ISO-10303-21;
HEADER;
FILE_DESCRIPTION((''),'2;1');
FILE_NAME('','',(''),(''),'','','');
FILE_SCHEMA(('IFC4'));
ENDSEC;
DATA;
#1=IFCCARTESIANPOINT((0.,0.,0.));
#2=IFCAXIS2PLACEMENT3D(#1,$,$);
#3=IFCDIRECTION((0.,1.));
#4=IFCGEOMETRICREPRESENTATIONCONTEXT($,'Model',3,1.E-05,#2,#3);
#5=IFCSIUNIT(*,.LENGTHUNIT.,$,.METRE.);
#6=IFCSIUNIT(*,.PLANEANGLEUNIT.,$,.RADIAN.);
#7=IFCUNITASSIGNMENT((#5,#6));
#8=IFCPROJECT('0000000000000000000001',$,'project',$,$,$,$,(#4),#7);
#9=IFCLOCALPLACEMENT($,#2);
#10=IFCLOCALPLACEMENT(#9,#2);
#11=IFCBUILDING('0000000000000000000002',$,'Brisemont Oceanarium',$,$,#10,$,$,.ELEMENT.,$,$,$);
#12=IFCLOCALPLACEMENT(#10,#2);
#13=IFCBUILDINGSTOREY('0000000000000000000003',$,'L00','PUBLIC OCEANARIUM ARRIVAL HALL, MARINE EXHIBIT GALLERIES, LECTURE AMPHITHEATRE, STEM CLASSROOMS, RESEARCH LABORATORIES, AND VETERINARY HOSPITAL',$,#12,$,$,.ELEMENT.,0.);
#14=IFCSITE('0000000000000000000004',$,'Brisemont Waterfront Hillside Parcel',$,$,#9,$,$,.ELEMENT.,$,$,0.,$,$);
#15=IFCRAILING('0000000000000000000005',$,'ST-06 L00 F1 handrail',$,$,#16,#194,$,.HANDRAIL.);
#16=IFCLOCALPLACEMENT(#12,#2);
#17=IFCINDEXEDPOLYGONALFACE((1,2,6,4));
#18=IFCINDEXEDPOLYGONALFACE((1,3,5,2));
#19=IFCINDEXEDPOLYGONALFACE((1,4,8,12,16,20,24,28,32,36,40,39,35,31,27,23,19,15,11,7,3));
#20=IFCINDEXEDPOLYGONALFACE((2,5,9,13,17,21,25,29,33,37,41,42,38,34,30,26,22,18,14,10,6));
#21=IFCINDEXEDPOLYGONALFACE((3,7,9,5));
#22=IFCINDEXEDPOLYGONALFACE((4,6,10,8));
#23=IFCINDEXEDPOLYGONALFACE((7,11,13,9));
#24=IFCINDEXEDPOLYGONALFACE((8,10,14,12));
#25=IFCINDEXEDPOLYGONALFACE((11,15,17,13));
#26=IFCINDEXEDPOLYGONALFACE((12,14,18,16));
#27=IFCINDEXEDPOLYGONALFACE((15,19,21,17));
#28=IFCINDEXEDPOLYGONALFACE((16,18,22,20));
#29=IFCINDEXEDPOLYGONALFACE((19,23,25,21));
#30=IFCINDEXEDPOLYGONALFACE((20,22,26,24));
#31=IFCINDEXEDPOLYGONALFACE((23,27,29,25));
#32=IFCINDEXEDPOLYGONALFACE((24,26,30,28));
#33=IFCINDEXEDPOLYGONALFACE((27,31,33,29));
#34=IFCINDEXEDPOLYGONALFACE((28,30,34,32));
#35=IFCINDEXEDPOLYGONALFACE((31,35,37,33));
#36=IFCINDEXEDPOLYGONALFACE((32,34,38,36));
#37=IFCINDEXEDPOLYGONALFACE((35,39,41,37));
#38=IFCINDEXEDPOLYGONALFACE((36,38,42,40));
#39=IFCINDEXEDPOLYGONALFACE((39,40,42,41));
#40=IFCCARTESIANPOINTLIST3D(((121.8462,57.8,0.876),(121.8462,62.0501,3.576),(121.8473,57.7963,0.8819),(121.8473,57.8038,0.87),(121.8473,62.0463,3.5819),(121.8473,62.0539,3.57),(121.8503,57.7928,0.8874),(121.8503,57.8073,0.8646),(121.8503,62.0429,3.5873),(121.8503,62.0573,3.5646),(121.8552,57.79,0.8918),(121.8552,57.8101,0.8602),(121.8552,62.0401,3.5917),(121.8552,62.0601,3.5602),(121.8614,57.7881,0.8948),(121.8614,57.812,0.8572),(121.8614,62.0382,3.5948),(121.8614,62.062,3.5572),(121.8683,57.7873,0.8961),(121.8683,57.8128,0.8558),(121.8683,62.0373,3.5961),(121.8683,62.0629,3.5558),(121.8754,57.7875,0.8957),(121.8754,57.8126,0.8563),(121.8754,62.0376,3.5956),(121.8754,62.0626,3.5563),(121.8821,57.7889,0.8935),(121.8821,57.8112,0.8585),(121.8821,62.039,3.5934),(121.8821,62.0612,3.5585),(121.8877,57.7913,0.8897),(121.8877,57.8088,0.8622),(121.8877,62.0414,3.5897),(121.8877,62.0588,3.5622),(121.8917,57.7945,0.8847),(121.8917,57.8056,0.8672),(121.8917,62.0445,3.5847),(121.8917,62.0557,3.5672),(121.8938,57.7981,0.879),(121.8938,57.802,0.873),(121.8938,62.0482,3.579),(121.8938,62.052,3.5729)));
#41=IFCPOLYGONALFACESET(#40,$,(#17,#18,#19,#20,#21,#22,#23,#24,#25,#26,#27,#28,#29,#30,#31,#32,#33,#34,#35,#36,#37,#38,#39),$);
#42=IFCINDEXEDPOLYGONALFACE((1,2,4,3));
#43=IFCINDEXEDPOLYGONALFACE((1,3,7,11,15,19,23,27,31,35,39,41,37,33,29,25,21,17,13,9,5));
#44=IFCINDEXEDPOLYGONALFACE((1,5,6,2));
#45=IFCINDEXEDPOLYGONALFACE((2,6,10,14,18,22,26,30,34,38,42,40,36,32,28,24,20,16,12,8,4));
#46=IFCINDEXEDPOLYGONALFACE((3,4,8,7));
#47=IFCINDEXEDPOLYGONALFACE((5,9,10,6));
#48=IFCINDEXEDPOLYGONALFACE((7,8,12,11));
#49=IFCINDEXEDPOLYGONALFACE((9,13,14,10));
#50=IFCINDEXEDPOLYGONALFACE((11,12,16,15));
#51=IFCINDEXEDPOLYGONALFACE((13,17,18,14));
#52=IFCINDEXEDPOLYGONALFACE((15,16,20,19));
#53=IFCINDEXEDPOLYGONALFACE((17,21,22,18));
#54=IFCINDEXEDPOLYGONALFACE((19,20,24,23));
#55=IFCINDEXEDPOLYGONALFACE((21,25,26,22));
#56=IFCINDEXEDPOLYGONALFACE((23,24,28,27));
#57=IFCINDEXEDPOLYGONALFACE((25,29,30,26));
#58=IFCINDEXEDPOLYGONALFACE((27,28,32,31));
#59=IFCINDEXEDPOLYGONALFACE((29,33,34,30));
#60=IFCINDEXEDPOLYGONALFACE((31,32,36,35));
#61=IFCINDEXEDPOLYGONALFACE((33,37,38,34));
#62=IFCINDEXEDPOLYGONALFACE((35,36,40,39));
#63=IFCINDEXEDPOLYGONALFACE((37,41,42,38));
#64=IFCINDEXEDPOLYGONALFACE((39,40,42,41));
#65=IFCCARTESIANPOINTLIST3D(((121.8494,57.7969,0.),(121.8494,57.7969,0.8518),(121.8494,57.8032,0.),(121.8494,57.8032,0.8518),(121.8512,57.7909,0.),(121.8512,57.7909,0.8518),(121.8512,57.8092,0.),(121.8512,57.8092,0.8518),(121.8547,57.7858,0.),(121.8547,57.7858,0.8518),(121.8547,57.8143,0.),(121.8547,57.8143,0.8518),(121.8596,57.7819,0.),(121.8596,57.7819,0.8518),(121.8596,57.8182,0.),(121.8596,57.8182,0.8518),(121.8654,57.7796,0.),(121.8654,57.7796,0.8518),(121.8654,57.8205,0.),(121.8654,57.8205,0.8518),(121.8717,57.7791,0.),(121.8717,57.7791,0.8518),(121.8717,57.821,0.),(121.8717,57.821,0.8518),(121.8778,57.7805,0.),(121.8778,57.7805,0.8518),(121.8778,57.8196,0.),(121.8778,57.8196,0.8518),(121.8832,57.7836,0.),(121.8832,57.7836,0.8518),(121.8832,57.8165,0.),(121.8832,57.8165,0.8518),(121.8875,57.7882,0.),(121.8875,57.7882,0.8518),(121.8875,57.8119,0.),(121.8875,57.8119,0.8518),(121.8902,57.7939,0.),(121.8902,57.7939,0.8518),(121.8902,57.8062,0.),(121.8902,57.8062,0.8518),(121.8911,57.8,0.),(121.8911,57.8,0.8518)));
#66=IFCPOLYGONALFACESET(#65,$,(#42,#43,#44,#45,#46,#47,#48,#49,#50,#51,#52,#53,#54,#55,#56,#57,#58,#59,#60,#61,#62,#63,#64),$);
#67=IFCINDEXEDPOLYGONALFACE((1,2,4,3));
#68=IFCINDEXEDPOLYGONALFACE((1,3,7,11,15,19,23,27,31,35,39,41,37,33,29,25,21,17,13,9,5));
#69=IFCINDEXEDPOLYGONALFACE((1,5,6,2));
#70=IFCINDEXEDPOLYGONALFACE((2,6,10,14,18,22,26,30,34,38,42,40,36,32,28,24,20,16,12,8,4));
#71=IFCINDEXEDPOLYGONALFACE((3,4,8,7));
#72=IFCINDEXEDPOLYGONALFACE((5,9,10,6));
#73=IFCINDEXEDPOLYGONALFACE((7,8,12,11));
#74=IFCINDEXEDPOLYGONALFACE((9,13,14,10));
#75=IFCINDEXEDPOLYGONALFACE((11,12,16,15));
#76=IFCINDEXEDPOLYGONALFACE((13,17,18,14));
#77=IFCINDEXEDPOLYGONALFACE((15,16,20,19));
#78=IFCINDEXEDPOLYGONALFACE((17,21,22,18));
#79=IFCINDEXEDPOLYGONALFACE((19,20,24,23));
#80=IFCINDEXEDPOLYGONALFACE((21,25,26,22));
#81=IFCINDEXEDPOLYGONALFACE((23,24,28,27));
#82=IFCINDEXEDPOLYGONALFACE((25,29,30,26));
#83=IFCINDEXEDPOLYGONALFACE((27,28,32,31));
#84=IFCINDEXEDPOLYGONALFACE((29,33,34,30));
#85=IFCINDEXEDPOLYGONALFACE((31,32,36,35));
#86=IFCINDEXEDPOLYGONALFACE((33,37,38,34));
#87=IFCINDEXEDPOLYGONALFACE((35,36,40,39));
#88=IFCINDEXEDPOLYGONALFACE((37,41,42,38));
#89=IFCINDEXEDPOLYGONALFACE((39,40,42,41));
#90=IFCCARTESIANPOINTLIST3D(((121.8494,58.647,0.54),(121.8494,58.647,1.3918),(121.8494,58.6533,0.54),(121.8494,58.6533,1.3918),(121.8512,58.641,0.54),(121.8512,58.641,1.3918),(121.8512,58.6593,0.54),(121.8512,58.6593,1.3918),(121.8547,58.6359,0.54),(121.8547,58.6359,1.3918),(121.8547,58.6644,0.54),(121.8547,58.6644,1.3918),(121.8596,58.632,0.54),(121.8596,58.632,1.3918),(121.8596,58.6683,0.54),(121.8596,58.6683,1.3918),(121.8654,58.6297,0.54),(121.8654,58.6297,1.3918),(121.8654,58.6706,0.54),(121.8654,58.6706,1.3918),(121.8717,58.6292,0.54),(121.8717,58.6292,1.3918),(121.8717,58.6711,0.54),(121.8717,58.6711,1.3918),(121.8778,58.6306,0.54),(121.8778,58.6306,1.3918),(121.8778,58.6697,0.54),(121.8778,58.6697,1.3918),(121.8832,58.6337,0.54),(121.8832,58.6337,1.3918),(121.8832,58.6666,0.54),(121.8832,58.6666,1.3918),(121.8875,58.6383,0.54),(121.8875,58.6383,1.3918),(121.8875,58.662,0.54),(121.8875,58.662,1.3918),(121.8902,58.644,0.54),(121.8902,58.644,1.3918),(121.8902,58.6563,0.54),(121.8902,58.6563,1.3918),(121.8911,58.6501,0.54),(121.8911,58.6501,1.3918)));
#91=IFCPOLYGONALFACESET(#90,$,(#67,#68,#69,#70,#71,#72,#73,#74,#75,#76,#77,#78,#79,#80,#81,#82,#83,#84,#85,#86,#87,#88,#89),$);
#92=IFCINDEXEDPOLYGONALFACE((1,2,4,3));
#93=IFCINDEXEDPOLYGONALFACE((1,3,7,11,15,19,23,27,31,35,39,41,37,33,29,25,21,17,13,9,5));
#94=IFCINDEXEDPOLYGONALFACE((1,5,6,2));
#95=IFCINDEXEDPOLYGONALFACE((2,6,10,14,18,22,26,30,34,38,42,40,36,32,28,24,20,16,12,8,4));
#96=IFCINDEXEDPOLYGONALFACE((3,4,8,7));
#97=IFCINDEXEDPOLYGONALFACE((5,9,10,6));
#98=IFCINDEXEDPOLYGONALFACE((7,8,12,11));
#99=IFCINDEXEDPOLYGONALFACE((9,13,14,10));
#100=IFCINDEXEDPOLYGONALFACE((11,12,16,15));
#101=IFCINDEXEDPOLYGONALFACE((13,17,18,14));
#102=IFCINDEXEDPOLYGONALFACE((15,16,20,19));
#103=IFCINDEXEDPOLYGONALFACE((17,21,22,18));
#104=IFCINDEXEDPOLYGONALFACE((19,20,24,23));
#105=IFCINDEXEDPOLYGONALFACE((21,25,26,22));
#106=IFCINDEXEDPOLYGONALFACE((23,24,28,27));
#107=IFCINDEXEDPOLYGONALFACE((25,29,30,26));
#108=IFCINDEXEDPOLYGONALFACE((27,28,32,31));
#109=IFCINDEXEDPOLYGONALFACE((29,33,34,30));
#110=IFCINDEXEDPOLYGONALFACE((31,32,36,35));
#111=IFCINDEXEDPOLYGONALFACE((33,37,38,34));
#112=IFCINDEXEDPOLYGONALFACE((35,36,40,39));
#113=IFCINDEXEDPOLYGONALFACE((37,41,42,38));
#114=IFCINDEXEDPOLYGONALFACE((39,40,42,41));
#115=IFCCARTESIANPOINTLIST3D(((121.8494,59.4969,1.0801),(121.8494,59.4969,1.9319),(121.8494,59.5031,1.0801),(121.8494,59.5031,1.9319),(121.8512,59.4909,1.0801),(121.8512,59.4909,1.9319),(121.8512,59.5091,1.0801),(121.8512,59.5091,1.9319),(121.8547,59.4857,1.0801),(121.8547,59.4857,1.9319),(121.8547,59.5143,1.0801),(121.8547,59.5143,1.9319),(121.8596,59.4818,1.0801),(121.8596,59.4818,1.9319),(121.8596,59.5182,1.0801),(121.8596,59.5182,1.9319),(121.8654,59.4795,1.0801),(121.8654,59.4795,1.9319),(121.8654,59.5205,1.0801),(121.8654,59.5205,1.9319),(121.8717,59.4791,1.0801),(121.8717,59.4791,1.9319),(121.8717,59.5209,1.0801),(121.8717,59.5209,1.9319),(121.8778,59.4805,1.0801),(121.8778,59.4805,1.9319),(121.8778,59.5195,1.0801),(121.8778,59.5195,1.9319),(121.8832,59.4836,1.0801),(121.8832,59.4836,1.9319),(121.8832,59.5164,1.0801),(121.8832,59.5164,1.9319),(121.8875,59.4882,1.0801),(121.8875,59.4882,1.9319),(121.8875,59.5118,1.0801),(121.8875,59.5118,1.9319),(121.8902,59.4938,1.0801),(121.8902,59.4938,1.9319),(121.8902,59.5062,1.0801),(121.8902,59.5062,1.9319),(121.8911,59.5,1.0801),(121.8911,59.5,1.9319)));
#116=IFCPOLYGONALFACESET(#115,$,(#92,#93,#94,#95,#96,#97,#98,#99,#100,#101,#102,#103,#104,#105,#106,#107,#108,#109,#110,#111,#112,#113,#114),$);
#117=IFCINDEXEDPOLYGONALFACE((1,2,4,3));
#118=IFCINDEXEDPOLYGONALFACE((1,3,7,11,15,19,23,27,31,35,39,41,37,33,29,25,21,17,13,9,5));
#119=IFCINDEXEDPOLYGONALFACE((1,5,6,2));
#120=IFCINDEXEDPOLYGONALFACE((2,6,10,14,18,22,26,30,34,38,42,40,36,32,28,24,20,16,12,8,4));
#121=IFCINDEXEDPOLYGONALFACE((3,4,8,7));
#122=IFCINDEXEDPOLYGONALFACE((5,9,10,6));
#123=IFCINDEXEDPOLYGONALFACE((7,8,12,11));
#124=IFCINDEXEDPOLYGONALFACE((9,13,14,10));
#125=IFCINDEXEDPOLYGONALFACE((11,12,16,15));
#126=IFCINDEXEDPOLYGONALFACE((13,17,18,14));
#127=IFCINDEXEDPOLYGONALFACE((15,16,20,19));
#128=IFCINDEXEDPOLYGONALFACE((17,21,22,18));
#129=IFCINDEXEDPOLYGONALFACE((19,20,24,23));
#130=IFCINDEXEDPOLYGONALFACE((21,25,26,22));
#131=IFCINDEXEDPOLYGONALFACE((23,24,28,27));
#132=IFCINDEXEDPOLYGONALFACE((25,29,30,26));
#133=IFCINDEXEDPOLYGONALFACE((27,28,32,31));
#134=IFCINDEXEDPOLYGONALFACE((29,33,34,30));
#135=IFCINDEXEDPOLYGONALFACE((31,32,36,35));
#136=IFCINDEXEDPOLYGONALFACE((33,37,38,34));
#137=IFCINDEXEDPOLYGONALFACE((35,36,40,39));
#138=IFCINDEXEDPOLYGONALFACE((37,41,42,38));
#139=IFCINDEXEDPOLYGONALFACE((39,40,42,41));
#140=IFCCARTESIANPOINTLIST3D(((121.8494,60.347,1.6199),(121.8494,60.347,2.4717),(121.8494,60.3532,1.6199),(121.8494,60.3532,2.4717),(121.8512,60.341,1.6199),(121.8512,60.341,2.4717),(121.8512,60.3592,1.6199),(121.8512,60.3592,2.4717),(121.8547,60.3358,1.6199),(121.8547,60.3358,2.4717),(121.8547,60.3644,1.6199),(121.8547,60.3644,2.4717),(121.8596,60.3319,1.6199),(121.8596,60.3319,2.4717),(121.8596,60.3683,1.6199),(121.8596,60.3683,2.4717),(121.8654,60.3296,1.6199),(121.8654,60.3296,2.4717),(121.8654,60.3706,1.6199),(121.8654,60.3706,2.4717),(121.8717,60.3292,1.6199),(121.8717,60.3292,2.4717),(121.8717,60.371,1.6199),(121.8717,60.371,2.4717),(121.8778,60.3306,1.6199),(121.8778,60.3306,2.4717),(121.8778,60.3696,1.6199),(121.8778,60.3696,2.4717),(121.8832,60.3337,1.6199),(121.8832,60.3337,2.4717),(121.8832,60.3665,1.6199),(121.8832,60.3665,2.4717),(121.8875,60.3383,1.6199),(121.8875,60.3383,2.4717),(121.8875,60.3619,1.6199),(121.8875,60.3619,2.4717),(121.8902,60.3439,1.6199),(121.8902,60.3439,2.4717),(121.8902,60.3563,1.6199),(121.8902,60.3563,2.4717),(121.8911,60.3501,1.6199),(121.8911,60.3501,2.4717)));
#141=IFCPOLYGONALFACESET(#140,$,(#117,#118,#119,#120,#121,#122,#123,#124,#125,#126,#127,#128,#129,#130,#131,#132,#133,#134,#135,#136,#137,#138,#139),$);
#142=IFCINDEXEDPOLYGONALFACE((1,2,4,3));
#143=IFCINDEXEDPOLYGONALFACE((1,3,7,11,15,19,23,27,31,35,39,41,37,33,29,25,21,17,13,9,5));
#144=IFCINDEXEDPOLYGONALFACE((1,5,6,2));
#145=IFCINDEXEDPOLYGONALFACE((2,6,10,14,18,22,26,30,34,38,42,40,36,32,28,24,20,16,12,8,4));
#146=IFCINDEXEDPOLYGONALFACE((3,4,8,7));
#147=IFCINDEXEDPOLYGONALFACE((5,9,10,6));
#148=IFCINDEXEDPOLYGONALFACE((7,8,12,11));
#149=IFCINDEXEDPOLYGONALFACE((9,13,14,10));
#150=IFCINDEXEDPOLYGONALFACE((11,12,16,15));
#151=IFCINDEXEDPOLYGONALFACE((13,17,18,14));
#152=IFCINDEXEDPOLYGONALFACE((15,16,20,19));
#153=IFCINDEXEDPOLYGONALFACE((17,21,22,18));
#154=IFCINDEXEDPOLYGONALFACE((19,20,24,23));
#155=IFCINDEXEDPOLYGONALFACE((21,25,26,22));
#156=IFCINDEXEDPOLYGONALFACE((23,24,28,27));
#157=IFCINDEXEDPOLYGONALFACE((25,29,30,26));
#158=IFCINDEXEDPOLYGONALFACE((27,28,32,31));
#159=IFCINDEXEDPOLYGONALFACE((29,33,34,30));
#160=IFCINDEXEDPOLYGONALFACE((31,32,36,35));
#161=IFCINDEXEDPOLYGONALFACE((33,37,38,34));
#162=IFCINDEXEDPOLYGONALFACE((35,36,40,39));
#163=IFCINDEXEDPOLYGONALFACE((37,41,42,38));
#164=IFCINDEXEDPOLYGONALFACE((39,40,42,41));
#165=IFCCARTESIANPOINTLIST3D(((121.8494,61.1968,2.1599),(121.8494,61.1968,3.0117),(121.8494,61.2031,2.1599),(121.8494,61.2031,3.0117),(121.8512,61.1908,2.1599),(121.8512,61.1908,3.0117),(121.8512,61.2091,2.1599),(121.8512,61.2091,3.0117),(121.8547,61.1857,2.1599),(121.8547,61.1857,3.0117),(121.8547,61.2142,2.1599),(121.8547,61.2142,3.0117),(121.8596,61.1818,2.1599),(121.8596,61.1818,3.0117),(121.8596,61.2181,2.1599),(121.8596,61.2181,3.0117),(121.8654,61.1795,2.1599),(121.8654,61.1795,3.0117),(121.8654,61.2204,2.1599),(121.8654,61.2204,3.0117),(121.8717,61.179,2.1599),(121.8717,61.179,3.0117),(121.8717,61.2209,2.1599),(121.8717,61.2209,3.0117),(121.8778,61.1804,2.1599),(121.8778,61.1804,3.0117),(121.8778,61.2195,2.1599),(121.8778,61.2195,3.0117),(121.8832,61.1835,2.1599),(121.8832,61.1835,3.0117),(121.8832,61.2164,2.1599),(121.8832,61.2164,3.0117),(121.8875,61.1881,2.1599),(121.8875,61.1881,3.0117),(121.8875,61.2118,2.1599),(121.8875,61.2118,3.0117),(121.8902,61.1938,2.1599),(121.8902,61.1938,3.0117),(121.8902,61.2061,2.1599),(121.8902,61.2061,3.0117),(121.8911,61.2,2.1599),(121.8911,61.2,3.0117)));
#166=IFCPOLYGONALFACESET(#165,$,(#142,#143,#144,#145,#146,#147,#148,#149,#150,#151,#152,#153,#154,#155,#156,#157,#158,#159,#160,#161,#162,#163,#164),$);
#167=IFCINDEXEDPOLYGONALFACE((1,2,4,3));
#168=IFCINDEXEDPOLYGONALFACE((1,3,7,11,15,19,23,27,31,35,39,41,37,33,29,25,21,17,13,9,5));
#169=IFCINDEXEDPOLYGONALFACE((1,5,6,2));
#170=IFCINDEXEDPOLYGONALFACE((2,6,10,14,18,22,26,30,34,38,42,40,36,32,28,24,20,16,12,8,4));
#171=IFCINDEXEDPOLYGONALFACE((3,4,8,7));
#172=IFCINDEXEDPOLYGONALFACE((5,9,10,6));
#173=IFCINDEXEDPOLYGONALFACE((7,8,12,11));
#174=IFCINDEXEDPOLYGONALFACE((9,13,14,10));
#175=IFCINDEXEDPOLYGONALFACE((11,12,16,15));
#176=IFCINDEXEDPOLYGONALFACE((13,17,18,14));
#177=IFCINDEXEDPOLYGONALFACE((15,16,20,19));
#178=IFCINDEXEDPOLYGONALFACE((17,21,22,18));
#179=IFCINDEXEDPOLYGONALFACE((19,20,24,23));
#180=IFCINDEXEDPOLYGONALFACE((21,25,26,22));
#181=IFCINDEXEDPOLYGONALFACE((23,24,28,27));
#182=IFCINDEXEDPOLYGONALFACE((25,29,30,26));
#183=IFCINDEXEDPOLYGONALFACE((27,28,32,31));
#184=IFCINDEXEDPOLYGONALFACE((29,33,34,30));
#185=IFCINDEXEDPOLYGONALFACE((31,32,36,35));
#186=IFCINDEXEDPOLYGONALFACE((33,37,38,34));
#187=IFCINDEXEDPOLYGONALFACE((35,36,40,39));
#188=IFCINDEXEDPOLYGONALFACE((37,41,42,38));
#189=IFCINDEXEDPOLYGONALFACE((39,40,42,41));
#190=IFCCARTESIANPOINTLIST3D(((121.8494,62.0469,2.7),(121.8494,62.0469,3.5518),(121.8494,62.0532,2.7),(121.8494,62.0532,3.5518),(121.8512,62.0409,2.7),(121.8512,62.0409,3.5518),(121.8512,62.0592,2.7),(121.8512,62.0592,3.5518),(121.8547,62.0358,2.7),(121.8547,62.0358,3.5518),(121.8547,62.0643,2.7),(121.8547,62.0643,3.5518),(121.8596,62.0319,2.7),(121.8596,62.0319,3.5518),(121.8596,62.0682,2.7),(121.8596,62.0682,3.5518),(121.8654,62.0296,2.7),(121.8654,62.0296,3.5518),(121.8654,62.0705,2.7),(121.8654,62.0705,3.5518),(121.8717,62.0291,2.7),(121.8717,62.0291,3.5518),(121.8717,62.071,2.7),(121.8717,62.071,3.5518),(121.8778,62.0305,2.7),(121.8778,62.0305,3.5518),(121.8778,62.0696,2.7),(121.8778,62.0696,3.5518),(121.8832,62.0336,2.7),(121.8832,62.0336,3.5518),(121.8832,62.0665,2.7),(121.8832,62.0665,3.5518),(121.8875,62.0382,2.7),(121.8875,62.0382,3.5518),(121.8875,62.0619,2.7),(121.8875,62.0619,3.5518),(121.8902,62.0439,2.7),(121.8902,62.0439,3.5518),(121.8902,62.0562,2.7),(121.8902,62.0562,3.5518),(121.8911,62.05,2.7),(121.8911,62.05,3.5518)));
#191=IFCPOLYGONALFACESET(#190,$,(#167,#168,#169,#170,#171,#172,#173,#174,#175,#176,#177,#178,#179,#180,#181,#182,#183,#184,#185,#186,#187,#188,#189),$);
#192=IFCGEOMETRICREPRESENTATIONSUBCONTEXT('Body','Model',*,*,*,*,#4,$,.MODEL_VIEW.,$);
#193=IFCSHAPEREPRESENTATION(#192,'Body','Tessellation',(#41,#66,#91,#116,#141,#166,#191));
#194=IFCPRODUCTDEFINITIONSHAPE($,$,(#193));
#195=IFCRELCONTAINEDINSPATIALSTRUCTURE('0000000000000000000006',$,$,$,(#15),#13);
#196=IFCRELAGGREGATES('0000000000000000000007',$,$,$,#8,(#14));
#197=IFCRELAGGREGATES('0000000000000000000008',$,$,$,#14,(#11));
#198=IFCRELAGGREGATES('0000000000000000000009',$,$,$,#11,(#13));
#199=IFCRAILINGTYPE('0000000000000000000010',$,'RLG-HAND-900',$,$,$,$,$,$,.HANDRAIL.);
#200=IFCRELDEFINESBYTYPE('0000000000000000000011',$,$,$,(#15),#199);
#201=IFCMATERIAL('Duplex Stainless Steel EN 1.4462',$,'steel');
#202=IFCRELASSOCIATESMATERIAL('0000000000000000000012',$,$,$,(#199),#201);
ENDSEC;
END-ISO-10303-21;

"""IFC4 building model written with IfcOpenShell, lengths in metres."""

from ifc_helpers import new_model, si_unit, direction, frame, origin, origin_2d, place, context, subcontext, project, spatial, circle, extrude, material, type_object, element, save


model = new_model("IFC4")

# Units and contexts
model_context = context("Model", 3, precision=1e-05, world=origin(), true_north=direction((0.0, 1.0)))
body_context = subcontext(model_context, "Body", "Model", "MODEL_VIEW")
ifc_project = project(units=[si_unit("LENGTHUNIT", "METRE"), si_unit("PLANEANGLEUNIT", "RADIAN")], contexts=[model_context])

# Site, building, storey
site_placement = place(None, origin())
site = spatial("IfcSite", under=ifc_project, at=site_placement, Name="Brisemont Waterfront Hillside Parcel", CompositionType="ELEMENT", RefElevation=0.0)
building_placement = place(site_placement, origin())
building = spatial("IfcBuilding", under=site, at=building_placement, Name="Brisemont Oceanarium", CompositionType="ELEMENT")
storey_placement = place(building_placement, origin())
storey = spatial("IfcBuildingStorey", under=building, at=storey_placement, Name="L00", Description="PUBLIC OCEANARIUM ARRIVAL HALL, MARINE EXHIBIT GALLERIES, LECTURE AMPHITHEATRE, STEM CLASSROOMS, RESEARCH LABORATORIES, AND VETERINARY HOSPITAL", CompositionType="ELEMENT", Elevation=0.0)

# Railing
ifc_material_1 = material(Name="Duplex Stainless Steel EN 1.4462", Category="steel")
railing_type_1 = type_object("IfcRailingType", Name="RLG-HAND-900", PredefinedType="HANDRAIL", material=ifc_material_1)
railing_1_placement = place(storey_placement, frame((121.8701, 57.8, 0.0)))
element("IfcRailing", 1, at=railing_1_placement, inside=storey, type_object=railing_type_1, Name="ST-06 L00 F1 handrail", PredefinedType="HANDRAIL", context=body_context, shape_type="SweptSolid", body=[
    extrude(circle(Radius=0.0239, at=origin_2d()), frame((0.0, 0.0, 0.876), z_axis=(0.0, 0.844075, 0.536226), x_axis=(-1.0, 0.0, 0.0)), (0.0, 0.0, 1.0), 5.0352),
    extrude(circle(Radius=0.021, at=origin_2d()), origin(), (0.0, 0.0, 1.0), 0.8518),
    extrude(circle(Radius=0.021, at=origin_2d()), frame((0.0, 0.8501, 0.54)), (0.0, 0.0, 1.0), 0.8518),
    extrude(circle(Radius=0.021, at=origin_2d()), frame((0.0, 1.7, 1.0801)), (0.0, 0.0, 1.0), 0.8518),
    extrude(circle(Radius=0.021, at=origin_2d()), frame((0.0, 2.55, 1.6199)), (0.0, 0.0, 1.0), 0.8518),
    extrude(circle(Radius=0.021, at=origin_2d()), frame((0.0, 3.3999, 2.1599)), (0.0, 0.0, 1.0), 0.8518),
    extrude(circle(Radius=0.021, at=origin_2d()), frame((0.0, 4.25, 2.7)), (0.0, 0.0, 1.0), 0.8518),
])

save(model, "model.ifc")
